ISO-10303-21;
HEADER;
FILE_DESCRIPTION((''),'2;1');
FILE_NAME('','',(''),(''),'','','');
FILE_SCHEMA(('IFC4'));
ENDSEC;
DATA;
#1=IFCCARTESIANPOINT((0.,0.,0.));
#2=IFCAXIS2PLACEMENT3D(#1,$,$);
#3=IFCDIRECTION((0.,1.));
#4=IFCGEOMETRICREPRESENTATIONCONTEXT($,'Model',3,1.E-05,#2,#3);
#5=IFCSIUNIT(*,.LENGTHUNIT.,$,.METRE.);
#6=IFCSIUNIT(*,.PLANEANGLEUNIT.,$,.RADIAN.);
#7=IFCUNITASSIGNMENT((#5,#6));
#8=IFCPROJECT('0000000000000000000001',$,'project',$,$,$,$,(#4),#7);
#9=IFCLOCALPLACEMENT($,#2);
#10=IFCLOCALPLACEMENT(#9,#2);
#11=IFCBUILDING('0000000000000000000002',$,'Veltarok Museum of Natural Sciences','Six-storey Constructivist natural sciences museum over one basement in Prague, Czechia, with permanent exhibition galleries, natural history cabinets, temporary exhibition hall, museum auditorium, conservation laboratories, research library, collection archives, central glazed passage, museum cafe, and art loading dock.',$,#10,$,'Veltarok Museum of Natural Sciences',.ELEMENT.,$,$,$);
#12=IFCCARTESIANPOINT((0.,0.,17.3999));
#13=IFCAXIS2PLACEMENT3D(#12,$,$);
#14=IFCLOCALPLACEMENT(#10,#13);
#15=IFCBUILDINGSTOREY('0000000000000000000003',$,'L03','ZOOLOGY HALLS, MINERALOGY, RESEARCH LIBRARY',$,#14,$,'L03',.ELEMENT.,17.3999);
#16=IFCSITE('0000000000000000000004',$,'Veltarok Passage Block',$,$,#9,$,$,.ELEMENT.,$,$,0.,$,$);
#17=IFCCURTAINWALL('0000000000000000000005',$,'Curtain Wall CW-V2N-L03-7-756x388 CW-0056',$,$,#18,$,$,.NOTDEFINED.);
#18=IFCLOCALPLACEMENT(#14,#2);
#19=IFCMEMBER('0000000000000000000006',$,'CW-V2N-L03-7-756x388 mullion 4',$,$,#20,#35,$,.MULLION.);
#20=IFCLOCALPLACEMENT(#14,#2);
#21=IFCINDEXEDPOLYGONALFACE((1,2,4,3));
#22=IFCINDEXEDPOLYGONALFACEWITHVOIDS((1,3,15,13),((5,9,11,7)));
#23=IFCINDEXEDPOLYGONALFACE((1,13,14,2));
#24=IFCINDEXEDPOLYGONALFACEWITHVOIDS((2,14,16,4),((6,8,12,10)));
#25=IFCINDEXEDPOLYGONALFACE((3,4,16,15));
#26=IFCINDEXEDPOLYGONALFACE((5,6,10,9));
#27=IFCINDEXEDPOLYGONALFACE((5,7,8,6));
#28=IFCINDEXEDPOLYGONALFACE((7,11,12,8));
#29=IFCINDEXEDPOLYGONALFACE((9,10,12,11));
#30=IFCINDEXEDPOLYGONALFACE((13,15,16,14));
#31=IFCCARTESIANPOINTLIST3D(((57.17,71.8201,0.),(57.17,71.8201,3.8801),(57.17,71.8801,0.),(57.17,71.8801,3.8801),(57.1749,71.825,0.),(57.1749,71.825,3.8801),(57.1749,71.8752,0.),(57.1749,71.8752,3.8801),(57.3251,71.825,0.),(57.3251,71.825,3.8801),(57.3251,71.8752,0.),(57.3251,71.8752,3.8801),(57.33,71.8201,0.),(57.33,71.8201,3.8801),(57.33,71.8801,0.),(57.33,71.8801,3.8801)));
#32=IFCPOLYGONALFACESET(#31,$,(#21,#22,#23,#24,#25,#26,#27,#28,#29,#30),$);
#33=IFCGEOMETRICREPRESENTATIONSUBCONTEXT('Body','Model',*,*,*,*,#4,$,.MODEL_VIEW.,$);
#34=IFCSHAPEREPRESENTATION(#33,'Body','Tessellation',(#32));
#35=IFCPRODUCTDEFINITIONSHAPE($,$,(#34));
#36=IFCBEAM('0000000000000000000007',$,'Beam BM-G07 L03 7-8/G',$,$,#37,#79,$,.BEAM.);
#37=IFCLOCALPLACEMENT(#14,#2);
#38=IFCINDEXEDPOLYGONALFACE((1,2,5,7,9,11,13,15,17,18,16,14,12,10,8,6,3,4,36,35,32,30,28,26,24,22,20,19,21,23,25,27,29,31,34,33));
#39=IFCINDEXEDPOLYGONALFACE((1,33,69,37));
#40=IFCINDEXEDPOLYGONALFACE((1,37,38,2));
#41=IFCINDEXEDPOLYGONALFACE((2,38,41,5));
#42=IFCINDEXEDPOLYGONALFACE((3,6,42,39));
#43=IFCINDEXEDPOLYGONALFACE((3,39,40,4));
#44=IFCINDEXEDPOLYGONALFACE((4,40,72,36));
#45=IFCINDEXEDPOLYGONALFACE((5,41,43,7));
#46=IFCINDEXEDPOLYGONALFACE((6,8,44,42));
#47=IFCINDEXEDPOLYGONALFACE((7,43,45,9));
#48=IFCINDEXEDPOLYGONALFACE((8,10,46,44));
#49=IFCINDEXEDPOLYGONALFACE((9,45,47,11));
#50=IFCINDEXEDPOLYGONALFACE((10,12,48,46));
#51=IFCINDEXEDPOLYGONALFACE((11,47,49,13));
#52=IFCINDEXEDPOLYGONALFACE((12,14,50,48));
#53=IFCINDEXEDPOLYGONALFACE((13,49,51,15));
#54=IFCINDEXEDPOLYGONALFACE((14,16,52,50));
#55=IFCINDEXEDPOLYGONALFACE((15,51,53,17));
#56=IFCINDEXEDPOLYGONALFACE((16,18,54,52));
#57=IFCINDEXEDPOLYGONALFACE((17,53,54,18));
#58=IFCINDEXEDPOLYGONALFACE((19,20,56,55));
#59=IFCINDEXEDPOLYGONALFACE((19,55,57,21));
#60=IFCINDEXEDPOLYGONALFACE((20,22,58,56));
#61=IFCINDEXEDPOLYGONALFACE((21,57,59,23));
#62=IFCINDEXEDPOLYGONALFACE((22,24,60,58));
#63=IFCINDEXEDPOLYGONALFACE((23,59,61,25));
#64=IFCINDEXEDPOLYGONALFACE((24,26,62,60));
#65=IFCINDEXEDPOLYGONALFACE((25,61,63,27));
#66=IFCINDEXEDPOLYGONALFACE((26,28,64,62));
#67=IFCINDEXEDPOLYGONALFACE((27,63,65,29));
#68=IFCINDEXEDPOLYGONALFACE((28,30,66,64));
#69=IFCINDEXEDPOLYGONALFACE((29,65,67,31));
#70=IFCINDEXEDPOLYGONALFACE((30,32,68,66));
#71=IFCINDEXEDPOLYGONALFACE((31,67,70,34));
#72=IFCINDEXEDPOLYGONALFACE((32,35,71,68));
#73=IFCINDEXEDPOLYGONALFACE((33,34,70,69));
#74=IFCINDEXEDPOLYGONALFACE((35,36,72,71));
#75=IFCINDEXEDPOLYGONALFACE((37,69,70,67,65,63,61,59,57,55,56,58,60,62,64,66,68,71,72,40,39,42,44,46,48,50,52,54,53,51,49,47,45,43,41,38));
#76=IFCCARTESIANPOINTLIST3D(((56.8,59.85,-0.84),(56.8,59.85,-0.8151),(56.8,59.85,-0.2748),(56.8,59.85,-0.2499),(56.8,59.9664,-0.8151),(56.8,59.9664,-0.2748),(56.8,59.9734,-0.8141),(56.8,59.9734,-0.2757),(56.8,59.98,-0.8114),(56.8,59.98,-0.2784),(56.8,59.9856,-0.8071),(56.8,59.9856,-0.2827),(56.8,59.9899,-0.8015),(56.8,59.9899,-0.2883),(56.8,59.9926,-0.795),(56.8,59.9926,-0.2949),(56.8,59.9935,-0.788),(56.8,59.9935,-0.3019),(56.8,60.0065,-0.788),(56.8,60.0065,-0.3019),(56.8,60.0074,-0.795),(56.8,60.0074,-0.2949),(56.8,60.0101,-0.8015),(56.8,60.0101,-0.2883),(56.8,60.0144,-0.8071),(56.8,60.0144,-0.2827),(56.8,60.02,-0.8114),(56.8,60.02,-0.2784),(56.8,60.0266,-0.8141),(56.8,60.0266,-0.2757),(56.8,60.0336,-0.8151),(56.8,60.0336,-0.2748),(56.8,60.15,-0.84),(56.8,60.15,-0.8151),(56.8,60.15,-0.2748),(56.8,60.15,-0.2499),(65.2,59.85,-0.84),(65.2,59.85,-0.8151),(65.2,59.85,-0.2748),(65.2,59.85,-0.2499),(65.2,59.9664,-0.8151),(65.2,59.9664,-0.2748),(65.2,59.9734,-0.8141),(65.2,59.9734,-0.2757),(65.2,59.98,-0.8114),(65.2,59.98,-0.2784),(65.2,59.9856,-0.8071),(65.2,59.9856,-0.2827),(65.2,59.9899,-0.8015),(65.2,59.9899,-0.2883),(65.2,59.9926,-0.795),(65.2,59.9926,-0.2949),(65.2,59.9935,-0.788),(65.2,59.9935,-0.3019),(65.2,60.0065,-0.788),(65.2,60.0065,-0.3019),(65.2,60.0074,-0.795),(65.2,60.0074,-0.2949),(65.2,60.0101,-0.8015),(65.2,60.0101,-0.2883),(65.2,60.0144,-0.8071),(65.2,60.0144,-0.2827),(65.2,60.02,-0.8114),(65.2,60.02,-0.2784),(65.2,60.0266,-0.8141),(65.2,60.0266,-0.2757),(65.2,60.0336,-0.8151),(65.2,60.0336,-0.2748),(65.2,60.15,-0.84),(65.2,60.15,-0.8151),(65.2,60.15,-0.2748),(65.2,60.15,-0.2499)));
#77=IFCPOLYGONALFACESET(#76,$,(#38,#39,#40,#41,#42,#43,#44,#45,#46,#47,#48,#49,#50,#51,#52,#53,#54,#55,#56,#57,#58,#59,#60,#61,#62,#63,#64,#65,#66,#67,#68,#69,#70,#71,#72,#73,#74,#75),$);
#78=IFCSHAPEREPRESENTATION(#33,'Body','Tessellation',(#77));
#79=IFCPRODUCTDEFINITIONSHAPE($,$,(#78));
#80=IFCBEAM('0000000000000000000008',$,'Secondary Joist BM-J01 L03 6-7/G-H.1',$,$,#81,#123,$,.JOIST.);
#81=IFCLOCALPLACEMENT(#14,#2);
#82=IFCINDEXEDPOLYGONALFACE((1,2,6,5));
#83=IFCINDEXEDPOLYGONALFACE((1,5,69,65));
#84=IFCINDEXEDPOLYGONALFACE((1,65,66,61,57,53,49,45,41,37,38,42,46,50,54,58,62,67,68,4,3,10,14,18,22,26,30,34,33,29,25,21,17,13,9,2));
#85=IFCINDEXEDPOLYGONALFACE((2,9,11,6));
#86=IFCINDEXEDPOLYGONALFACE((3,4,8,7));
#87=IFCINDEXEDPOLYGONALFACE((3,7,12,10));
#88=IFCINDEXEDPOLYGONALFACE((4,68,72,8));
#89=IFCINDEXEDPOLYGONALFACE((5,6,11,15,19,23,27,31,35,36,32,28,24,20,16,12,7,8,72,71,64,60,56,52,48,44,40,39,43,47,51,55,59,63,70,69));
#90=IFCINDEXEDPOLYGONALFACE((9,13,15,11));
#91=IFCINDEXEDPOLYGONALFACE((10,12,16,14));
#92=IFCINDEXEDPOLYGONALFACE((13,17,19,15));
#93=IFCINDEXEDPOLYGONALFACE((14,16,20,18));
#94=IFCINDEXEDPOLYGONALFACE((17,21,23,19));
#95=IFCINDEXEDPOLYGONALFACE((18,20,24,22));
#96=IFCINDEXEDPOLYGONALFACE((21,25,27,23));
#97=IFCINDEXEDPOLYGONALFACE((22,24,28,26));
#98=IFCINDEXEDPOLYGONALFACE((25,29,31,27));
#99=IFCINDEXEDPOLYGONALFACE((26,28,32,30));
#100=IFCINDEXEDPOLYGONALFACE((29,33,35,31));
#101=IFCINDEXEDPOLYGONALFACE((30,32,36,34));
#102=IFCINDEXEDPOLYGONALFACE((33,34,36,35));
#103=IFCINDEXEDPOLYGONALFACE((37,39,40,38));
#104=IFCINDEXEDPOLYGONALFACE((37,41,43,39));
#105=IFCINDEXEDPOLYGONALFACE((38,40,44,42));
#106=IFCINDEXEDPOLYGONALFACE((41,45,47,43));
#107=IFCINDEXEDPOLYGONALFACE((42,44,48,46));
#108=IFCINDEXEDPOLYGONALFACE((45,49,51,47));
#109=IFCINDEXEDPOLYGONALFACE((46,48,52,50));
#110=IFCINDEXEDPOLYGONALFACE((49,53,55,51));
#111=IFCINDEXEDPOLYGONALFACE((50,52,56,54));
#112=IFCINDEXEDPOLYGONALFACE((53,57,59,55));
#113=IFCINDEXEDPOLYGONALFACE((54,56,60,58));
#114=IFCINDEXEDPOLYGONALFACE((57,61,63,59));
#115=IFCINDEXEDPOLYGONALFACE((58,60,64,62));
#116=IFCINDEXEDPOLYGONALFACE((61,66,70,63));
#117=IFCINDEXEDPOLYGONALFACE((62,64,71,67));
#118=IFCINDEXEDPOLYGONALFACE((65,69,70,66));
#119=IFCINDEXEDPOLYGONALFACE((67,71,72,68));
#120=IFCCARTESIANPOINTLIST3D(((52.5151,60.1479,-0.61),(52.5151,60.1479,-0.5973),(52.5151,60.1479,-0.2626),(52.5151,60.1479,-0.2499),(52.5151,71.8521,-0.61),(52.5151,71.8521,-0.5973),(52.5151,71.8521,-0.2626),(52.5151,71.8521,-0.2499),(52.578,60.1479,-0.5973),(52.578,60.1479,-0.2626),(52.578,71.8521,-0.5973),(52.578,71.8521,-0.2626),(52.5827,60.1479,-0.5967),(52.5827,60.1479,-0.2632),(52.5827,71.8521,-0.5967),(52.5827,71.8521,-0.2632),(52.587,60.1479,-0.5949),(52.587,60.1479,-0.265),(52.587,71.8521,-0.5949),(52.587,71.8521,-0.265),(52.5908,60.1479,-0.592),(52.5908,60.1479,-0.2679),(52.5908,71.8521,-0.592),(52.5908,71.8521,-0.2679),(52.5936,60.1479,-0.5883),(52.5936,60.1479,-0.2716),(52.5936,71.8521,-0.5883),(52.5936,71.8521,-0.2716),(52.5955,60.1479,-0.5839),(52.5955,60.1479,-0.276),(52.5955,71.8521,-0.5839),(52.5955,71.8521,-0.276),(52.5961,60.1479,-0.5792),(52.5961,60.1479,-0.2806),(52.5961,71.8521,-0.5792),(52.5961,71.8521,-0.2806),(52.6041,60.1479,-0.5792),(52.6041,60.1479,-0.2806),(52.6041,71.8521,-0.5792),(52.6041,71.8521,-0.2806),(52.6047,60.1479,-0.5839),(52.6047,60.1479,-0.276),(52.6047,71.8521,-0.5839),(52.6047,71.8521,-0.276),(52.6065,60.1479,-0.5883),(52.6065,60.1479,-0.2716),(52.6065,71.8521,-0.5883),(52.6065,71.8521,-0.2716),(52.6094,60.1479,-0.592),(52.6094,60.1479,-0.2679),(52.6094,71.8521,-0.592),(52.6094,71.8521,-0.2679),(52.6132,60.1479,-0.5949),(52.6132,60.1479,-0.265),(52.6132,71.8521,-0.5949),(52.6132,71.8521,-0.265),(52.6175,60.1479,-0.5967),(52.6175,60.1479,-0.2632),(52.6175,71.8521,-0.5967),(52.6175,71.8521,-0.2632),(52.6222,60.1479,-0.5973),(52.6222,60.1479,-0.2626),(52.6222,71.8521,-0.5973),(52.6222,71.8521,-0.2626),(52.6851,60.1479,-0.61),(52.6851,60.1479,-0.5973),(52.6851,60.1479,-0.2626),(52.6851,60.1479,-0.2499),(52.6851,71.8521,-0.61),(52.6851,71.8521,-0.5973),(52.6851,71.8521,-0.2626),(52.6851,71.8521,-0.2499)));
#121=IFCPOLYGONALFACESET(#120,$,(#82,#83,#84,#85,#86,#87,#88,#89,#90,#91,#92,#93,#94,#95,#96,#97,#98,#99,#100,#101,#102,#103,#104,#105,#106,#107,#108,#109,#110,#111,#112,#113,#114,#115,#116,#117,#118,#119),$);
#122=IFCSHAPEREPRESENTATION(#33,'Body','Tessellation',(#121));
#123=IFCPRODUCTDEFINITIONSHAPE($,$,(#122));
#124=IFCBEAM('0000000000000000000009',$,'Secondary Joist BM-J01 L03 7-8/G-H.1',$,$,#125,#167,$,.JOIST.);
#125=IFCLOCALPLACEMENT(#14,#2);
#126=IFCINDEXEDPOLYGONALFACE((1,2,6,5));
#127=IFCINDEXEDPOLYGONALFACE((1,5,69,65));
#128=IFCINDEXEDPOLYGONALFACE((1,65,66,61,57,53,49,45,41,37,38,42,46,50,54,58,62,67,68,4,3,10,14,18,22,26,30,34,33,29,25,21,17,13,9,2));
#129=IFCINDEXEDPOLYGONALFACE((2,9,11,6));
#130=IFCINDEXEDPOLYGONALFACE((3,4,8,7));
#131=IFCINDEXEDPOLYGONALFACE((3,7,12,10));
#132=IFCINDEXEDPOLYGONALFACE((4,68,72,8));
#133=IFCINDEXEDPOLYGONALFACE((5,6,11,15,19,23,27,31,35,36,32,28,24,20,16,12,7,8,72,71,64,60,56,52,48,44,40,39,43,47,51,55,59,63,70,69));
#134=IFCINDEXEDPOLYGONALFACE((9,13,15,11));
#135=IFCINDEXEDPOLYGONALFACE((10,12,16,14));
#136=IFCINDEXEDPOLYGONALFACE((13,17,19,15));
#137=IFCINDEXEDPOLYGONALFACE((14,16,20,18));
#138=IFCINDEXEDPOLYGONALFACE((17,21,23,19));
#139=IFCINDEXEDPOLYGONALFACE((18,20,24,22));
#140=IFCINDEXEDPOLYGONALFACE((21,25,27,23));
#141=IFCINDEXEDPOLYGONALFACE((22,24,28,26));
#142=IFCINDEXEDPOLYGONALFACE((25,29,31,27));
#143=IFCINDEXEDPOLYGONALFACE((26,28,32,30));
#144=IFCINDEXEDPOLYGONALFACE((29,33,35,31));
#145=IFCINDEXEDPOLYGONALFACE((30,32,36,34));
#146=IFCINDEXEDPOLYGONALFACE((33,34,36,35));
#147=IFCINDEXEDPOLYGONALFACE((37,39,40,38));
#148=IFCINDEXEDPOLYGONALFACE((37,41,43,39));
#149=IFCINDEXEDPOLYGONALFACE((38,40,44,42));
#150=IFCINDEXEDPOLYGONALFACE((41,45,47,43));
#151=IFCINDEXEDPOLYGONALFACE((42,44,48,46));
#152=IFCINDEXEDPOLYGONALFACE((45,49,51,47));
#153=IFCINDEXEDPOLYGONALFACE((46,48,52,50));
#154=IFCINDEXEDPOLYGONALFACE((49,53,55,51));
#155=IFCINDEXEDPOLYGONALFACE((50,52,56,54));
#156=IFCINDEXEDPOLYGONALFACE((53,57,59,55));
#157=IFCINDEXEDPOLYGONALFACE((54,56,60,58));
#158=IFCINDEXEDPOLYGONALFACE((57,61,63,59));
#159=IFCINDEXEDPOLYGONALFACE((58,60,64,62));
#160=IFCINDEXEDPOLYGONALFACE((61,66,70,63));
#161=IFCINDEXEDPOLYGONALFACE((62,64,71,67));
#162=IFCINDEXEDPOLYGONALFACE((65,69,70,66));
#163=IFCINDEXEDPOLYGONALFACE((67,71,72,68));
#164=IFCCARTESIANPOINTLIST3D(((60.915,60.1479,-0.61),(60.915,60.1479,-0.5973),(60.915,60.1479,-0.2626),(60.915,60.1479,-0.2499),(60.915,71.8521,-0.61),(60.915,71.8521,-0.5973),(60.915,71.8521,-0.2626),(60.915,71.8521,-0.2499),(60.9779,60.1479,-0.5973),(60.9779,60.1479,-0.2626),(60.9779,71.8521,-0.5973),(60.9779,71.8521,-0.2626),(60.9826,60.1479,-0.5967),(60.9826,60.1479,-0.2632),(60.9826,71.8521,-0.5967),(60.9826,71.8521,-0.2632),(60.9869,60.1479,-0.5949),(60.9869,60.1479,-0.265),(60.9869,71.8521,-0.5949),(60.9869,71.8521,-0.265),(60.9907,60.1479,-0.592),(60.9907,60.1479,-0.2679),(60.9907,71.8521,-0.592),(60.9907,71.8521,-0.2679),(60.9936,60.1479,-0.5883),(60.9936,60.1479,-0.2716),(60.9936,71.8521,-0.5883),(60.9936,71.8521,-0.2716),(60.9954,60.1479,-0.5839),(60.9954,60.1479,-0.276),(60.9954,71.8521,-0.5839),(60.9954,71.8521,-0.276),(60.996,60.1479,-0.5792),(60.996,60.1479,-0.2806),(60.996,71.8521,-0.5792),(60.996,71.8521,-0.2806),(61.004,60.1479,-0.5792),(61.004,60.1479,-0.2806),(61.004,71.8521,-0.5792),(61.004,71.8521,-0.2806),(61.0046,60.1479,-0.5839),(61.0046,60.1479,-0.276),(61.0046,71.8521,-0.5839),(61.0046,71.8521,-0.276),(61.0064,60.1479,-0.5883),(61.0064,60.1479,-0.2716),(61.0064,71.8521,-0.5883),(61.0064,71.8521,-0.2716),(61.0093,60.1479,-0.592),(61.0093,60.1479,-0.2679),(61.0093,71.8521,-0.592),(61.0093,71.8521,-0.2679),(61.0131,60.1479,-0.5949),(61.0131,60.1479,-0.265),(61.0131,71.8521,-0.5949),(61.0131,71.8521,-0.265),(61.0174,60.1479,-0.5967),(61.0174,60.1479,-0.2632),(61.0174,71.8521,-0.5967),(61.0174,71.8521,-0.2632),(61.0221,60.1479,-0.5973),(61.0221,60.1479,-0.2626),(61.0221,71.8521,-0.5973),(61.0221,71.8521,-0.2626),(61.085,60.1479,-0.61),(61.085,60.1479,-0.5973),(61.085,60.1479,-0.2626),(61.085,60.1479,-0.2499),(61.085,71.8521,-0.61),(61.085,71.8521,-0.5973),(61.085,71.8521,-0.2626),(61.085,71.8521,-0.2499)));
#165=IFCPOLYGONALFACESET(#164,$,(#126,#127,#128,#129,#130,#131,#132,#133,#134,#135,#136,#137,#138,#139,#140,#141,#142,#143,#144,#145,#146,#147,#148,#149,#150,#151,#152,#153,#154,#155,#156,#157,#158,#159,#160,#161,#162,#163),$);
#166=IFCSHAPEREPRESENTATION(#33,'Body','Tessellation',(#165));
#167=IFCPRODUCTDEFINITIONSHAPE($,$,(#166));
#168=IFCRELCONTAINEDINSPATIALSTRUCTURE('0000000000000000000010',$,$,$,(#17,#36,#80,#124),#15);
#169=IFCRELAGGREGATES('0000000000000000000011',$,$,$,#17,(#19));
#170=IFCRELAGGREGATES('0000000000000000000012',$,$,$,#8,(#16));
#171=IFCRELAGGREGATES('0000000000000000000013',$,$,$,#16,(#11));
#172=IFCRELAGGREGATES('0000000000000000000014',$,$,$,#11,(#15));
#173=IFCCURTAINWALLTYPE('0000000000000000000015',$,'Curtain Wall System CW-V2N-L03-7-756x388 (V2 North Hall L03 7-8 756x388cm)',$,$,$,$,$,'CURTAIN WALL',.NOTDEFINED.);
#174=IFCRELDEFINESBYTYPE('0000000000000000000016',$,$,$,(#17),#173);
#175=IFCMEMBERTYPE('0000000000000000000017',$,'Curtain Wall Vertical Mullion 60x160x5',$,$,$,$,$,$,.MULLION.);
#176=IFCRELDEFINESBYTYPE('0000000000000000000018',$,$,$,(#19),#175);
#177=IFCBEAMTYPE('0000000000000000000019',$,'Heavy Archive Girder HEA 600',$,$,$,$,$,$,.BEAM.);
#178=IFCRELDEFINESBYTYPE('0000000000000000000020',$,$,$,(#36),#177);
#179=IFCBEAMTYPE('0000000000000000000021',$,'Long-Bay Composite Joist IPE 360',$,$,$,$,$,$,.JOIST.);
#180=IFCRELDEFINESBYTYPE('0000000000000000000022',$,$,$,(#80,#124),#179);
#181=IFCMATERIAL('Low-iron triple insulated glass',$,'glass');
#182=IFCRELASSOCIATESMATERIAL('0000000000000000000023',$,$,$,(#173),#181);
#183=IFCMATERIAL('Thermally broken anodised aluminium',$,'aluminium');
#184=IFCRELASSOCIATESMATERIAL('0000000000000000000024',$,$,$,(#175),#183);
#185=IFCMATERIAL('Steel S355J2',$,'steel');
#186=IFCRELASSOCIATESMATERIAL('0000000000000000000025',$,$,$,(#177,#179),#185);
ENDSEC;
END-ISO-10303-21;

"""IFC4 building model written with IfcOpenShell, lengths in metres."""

from ifc_helpers import new_model, si_unit, direction, frame, origin, origin_2d, place, context, subcontext, project, spatial, hollow_rectangle, i_section, extrude, material, material_profile, profile_set, type_object, element, aggregate, save


model = new_model("IFC4")

# Units and contexts
model_context = context("Model", 3, precision=1e-05, world=origin(), true_north=direction((0.0, 1.0)))
body_context = subcontext(model_context, "Body", "Model", "MODEL_VIEW")
ifc_project = project(units=[si_unit("LENGTHUNIT", "METRE"), si_unit("PLANEANGLEUNIT", "RADIAN")], contexts=[model_context])

# Site, building, storey
site_placement = place(None, origin())
site = spatial("IfcSite", under=ifc_project, at=site_placement, Name="Veltarok Passage Block", CompositionType="ELEMENT", RefElevation=0.0)
building_placement = place(site_placement, origin())
building = spatial("IfcBuilding", under=site, at=building_placement, Name="Veltarok Museum of Natural Sciences", Description="Six-storey Constructivist natural sciences museum over one basement in Prague, Czechia, with permanent exhibition galleries, natural history cabinets, temporary exhibition hall, museum auditorium, conservation laboratories, research library, collection archives, central glazed passage, museum cafe, and art loading dock.", LongName="Veltarok Museum of Natural Sciences", CompositionType="ELEMENT")
storey_placement = place(building_placement, frame((0.0, 0.0, 17.3999)))
storey = spatial("IfcBuildingStorey", under=building, at=storey_placement, Name="L03", Description="ZOOLOGY HALLS, MINERALOGY, RESEARCH LIBRARY", LongName="L03", CompositionType="ELEMENT", Elevation=17.3999)

# Shared definitions
ifc_material_1 = material(Name="Steel S355J2", Category="steel")

# Curtain wall
ifc_material_2 = material(Name="Low-iron triple insulated glass", Category="glass")
ifc_material_3 = material(Name="Thermally broken anodised aluminium", Category="aluminium")
curtain_wall_type_1 = type_object("IfcCurtainWallType", Name="Curtain Wall System CW-V2N-L03-7-756x388 (V2 North Hall L03 7-8 756x388cm)", ElementType="CURTAIN WALL", PredefinedType="NOTDEFINED", material=ifc_material_2)
curtain_wall_1_placement = place(storey_placement, origin())
curtain_wall_1 = element("IfcCurtainWall", 1, at=curtain_wall_1_placement, inside=storey, type_object=curtain_wall_type_1, Name="Curtain Wall CW-V2N-L03-7-756x388 CW-0056", PredefinedType="NOTDEFINED")

# Member
ifc_material_profile_1 = material_profile(ifc_material_3, hollow_rectangle(XDim=0.0601, YDim=0.1599, WallThickness=0.0049, at=origin_2d()), Name="CW MULLION 60x160x5")
ifc_profile_set_1 = profile_set([ifc_material_profile_1], Name="Thermally broken anodised aluminium")
member_type_1 = type_object("IfcMemberType", Name="Curtain Wall Vertical Mullion 60x160x5", PredefinedType="MULLION", material=ifc_profile_set_1)
member_1_placement = place(storey_placement, frame((57.25, 71.8501, 0.0), z_axis=(0.0, 0.0, 1.0), x_axis=(0.0, -1.0, 0.0)))
member_1 = element("IfcMember", 2, at=member_1_placement, type_object=member_type_1, Name="CW-V2N-L03-7-756x388 mullion 4", PredefinedType="MULLION", context=body_context, shape_type="SweptSolid", body=[
    extrude(hollow_rectangle(XDim=0.0601, YDim=0.1599, WallThickness=0.0049, at=origin_2d()), origin(), (0.0, 0.0, 1.0), 3.8801),
])

# Beams
ifc_material_profile_2 = material_profile(ifc_material_1, i_section(OverallWidth=0.3, OverallDepth=0.5901, WebThickness=0.0129, FlangeThickness=0.0249, FilletRadius=0.0271, at=origin_2d()), Name="HEA 600")
ifc_profile_set_2 = profile_set([ifc_material_profile_2], Name="Steel S355J2")
beam_type_1 = type_object("IfcBeamType", Name="Heavy Archive Girder HEA 600", PredefinedType="BEAM", material=ifc_profile_set_2)
beam_1_placement = place(storey_placement, frame((56.8, 60.0, -0.5449), z_axis=(1.0, 0.0, 0.0), x_axis=(0.0, 1.0, 0.0)))
element("IfcBeam", 3, at=beam_1_placement, inside=storey, type_object=beam_type_1, Name="Beam BM-G07 L03 7-8/G", PredefinedType="BEAM", context=body_context, shape_type="SweptSolid", body=[
    extrude(i_section(OverallWidth=0.3, OverallDepth=0.5901, WebThickness=0.0129, FlangeThickness=0.0249, FilletRadius=0.0271, at=origin_2d()), origin(), (0.0, 0.0, 1.0), 8.3999),
])
ifc_material_profile_3 = material_profile(ifc_material_1, i_section(OverallWidth=0.1699, OverallDepth=0.3601, WebThickness=0.0081, FlangeThickness=0.0127, FilletRadius=0.0181, at=origin_2d()), Name="IPE 360")
ifc_profile_set_3 = profile_set([ifc_material_profile_3], Name="Steel S355J2")
beam_type_2 = type_object("IfcBeamType", Name="Long-Bay Composite Joist IPE 360", PredefinedType="JOIST", material=ifc_profile_set_3)
for number, where, z_axis, x_axis, name in (
    (4, (52.6001, 60.1479, -0.4299), (0.0, 1.0, 0.0), (-1.0, 0.0, 0.0), "Secondary Joist BM-J01 L03 6-7/G-H.1"),
    (5, (61.0, 60.1479, -0.4299), (0.0, 1.0, 0.0), (-1.0, 0.0, 0.0), "Secondary Joist BM-J01 L03 7-8/G-H.1"),
):
    element("IfcBeam", number, at=place(storey_placement, frame(where, z_axis=z_axis, x_axis=x_axis)), inside=storey, type_object=beam_type_2, Name=name, PredefinedType="JOIST", context=body_context, shape_type="SweptSolid", body=[
        extrude(i_section(OverallWidth=0.1699, OverallDepth=0.3601, WebThickness=0.0081, FlangeThickness=0.0127, FilletRadius=0.0181, at=origin_2d()), origin(), (0.0, 0.0, 1.0), 11.7041),
    ])

aggregate(curtain_wall_1, [member_1])

save(model, "model.ifc")
